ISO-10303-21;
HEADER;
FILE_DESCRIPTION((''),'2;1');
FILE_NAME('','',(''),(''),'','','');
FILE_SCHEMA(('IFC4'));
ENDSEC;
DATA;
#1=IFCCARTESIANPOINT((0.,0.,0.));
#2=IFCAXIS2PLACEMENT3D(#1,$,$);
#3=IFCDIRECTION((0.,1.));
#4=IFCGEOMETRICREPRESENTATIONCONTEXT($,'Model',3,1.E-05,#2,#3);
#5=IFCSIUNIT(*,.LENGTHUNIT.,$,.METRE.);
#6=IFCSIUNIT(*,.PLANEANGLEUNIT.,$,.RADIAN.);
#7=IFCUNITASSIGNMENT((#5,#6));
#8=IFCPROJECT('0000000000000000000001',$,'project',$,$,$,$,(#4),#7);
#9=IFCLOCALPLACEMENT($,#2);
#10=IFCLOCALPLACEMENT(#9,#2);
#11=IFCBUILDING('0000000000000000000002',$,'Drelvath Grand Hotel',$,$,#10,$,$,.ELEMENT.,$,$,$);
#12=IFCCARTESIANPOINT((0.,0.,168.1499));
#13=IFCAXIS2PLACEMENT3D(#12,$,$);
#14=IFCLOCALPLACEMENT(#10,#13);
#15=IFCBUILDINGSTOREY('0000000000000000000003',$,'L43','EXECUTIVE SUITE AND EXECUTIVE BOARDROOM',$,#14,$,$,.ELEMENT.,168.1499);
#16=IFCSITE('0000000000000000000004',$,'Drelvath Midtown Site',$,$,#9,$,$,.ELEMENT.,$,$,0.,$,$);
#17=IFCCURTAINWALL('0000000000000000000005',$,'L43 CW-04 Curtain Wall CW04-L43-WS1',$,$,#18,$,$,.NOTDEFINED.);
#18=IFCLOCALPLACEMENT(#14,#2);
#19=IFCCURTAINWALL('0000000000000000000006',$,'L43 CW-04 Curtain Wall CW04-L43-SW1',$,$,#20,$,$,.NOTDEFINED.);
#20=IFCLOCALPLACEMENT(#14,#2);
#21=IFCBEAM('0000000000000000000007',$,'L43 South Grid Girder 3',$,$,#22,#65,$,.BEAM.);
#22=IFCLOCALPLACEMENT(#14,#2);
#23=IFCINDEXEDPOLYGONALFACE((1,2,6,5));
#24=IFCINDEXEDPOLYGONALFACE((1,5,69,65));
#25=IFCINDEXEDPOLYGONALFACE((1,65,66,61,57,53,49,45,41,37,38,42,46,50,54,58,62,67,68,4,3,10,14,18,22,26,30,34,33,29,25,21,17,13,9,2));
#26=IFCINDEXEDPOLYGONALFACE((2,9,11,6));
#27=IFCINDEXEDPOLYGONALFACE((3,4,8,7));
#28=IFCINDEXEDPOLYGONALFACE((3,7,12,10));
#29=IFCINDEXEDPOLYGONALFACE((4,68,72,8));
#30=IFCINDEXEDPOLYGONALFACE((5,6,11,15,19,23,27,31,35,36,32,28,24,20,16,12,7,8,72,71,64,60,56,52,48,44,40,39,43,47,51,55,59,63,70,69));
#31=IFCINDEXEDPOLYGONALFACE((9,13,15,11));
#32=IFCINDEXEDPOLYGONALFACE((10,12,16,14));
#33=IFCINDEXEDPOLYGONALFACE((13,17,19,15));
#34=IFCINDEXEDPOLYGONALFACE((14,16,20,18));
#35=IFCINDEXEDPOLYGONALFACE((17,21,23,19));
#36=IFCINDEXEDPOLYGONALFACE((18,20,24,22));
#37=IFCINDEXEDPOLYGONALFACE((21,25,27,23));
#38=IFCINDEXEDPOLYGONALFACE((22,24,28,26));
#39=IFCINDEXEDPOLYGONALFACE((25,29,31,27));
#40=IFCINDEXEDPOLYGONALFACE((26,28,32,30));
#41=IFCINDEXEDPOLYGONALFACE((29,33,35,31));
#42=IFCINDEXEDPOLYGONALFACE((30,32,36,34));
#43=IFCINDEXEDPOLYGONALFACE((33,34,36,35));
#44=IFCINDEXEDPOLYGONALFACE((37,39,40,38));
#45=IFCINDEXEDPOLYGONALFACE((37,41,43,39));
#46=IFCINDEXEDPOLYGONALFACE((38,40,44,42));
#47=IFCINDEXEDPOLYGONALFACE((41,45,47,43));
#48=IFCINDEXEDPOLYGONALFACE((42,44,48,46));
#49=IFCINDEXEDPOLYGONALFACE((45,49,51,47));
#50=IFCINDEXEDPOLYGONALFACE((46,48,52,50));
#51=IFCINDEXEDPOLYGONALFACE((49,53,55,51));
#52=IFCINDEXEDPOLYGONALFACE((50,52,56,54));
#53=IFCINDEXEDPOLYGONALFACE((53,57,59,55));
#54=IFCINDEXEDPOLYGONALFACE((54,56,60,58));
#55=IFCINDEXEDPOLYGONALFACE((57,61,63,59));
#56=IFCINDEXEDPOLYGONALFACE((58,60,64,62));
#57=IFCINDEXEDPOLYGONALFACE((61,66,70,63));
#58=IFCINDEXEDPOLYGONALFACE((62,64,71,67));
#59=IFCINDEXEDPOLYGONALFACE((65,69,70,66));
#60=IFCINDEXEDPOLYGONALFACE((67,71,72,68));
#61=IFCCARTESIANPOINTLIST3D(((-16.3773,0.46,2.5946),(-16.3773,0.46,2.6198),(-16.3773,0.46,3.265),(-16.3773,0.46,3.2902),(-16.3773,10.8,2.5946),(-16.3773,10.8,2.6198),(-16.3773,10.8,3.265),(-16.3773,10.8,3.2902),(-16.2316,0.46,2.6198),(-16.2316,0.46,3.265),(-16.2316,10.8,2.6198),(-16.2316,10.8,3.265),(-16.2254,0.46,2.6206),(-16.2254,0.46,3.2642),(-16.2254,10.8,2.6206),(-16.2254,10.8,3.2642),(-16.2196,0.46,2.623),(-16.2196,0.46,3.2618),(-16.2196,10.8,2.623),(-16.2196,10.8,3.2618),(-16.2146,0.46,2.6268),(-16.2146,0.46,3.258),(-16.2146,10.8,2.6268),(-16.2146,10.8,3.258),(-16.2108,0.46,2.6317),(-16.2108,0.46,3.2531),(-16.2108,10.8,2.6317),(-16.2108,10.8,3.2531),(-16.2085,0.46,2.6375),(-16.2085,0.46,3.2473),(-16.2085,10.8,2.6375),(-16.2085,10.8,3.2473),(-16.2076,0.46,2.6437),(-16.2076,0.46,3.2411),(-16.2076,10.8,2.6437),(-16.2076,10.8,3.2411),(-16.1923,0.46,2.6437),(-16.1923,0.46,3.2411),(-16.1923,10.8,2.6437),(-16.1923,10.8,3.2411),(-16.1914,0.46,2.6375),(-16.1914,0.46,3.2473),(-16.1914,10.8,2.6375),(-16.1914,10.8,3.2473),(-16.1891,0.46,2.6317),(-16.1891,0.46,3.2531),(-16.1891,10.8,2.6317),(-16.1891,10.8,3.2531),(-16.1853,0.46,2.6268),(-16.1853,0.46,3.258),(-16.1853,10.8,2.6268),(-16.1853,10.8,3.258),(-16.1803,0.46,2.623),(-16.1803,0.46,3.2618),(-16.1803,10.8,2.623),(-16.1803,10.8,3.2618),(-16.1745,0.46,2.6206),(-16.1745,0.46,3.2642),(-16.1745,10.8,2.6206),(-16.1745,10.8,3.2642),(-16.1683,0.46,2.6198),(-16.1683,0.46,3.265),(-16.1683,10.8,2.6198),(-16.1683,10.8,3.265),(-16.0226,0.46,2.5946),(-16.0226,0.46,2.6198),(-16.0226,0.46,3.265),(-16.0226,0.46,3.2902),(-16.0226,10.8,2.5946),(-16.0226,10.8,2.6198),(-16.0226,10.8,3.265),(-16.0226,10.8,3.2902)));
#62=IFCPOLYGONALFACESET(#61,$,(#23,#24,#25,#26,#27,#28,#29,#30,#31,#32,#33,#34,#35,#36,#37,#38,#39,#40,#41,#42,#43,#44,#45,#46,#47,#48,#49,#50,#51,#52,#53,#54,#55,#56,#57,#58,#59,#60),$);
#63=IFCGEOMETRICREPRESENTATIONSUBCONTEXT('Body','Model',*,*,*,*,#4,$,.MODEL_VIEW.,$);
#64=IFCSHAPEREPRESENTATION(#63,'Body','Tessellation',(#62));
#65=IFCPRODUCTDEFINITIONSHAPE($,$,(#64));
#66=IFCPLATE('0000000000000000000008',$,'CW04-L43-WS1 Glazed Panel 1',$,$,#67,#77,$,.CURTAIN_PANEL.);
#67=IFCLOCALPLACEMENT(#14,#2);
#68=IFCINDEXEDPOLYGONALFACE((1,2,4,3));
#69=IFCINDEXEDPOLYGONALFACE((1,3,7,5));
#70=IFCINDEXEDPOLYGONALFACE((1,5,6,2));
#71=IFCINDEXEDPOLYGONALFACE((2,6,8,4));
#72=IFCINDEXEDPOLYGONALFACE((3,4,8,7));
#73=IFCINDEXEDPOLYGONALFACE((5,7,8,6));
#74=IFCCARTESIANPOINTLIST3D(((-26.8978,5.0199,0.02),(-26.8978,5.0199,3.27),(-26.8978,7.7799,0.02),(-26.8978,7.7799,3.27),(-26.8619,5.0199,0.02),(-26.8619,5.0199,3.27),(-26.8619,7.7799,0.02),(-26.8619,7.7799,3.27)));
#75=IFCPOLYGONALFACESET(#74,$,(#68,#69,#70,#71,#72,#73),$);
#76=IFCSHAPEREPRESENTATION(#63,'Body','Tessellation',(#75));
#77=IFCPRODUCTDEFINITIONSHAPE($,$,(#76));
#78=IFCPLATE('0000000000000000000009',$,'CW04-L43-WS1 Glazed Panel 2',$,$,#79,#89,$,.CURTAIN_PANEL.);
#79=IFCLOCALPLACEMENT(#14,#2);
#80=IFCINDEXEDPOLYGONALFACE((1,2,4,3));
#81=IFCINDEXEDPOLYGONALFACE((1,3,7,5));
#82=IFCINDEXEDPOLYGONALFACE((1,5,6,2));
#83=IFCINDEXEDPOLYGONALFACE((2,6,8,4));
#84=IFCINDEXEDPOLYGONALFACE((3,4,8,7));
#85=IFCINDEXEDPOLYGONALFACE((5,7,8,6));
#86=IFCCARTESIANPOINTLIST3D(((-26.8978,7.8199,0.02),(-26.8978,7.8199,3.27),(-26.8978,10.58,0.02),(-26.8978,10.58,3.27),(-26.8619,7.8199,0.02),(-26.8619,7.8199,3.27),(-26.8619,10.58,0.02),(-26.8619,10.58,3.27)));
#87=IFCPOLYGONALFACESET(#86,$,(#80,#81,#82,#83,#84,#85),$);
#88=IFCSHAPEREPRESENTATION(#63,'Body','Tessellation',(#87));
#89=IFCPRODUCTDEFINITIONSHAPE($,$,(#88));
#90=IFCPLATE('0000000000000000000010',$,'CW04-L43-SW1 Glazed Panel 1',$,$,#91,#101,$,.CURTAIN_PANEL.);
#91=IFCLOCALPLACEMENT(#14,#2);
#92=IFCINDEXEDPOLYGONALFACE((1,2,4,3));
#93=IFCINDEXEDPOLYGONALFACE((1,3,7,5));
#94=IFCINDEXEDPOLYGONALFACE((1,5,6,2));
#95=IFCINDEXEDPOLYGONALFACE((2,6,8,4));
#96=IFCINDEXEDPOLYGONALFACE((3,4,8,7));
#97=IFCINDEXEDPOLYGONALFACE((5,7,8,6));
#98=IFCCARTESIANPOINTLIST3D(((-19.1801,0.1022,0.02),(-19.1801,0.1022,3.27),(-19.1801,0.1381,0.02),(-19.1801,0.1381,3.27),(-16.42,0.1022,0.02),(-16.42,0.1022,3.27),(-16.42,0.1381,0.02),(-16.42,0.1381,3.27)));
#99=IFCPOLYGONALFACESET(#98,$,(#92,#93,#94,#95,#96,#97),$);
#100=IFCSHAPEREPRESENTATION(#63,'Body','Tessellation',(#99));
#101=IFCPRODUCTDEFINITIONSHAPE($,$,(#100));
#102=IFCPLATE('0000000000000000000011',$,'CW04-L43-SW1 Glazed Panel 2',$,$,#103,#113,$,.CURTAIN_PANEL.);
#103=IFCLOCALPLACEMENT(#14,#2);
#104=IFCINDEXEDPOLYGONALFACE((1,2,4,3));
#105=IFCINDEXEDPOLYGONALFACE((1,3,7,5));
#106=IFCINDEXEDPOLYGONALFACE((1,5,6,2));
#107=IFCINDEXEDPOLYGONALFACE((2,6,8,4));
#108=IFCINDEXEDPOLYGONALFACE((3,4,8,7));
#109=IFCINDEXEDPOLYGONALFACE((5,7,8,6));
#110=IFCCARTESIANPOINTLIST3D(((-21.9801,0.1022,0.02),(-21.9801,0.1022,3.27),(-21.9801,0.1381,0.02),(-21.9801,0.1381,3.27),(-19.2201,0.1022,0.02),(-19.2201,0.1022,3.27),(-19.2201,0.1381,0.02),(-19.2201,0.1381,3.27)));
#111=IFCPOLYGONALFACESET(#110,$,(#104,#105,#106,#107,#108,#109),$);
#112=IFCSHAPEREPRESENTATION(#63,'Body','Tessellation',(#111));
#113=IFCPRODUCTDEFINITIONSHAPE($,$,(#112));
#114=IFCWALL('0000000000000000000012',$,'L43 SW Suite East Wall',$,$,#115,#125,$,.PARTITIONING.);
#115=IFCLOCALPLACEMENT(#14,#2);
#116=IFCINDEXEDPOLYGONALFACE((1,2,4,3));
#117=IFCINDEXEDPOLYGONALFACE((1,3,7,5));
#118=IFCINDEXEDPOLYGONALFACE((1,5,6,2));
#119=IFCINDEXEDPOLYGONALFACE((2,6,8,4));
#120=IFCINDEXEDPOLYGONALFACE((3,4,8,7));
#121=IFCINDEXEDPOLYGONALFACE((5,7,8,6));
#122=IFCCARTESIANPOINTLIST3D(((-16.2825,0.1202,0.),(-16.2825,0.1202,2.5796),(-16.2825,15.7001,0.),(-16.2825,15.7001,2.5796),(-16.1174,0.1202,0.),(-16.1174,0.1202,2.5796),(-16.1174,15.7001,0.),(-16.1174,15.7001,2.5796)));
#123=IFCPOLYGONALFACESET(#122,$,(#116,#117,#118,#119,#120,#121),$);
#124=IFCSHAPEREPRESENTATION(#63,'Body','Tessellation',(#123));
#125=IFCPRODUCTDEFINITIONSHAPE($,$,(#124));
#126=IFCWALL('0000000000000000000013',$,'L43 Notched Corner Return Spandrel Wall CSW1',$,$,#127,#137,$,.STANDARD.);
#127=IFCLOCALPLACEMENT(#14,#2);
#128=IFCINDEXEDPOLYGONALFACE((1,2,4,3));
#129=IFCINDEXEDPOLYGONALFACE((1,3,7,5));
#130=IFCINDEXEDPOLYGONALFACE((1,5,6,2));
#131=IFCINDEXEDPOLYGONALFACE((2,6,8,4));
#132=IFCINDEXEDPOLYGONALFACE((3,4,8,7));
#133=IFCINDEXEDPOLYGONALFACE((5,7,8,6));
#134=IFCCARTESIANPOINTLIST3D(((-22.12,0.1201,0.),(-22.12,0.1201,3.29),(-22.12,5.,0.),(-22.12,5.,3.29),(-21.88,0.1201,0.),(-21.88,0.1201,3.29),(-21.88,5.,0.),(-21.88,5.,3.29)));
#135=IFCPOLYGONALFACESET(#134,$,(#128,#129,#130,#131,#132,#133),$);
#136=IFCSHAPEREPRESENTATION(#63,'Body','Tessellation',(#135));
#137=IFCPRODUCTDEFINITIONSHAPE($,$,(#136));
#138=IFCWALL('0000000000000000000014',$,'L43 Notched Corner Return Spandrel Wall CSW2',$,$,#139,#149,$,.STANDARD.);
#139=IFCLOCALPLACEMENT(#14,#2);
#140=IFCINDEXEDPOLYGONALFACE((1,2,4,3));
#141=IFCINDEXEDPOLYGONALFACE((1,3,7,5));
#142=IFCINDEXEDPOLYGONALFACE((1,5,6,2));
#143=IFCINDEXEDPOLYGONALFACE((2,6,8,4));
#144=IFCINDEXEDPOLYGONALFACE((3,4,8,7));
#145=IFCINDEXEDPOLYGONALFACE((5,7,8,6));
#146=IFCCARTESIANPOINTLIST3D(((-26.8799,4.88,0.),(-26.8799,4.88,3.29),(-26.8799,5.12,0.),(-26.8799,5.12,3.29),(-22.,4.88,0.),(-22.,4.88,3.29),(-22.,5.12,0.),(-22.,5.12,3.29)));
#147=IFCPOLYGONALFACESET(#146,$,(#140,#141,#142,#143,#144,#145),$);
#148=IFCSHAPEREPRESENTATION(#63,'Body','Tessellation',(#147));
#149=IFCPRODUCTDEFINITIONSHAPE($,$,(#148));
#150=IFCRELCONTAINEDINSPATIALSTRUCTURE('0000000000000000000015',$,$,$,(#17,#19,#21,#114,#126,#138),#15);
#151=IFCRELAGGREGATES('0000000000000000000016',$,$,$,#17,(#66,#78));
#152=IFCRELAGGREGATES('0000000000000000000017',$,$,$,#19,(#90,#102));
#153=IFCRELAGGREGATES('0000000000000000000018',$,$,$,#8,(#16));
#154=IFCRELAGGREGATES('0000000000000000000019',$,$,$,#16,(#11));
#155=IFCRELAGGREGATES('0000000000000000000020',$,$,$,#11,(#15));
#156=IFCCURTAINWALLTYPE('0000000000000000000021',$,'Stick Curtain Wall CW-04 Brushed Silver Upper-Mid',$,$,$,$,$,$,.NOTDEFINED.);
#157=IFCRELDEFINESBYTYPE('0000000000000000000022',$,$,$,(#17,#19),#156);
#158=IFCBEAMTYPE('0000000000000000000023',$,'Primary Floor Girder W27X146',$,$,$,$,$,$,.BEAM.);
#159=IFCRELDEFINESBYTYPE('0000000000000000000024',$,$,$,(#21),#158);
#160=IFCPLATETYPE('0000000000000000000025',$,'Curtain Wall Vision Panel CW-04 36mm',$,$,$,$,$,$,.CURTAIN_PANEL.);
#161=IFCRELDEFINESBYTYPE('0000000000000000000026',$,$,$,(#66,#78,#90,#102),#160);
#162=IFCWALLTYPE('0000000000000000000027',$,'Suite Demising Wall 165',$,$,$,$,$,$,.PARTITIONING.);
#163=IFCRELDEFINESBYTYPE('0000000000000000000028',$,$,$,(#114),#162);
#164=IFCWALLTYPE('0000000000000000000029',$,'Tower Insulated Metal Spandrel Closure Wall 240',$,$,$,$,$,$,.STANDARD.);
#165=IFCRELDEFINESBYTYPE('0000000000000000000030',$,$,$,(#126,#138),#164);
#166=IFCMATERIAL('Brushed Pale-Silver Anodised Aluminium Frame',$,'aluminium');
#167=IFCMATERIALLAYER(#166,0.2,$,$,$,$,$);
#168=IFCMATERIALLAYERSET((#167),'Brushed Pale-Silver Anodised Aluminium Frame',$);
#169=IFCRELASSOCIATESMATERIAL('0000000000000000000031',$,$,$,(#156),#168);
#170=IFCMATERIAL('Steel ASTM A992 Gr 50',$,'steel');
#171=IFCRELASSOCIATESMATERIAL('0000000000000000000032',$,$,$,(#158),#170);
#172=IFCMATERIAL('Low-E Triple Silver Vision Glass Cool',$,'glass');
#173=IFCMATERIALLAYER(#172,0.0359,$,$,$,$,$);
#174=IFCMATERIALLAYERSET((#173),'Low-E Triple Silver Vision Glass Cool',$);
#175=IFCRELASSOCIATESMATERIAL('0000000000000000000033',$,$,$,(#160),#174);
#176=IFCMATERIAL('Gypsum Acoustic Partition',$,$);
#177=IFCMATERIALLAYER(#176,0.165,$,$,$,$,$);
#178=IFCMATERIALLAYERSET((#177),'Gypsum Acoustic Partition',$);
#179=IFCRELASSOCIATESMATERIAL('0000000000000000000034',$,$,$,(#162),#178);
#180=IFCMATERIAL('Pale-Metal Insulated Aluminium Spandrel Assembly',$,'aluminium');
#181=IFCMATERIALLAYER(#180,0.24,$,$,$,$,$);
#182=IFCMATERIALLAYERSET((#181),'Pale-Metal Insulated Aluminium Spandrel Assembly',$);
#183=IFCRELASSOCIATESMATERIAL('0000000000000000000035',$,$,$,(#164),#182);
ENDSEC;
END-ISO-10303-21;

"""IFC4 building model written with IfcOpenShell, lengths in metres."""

from ifc_helpers import new_model, si_unit, direction, frame, frame_2d, origin, origin_2d, place, context, subcontext, project, spatial, rectangle, i_section, extrude, material, layer, layer_set, material_profile, profile_set, type_object, element, aggregate, save


model = new_model("IFC4")

# Units and contexts
model_context = context("Model", 3, precision=1e-05, world=origin(), true_north=direction((0.0, 1.0)))
body_context = subcontext(model_context, "Body", "Model", "MODEL_VIEW")
ifc_project = project(units=[si_unit("LENGTHUNIT", "METRE"), si_unit("PLANEANGLEUNIT", "RADIAN")], contexts=[model_context])

# Site, building, storey
site_placement = place(None, origin())
site = spatial("IfcSite", under=ifc_project, at=site_placement, Name="Drelvath Midtown Site", CompositionType="ELEMENT", RefElevation=0.0)
building_placement = place(site_placement, origin())
building = spatial("IfcBuilding", under=site, at=building_placement, Name="Drelvath Grand Hotel", CompositionType="ELEMENT")
storey_placement = place(building_placement, frame((0.0, 0.0, 168.1499)))
storey = spatial("IfcBuildingStorey", under=building, at=storey_placement, Name="L43", Description="EXECUTIVE SUITE AND EXECUTIVE BOARDROOM", CompositionType="ELEMENT", Elevation=168.1499)

# Curtain walls
ifc_material_1 = material(Name="Brushed Pale-Silver Anodised Aluminium Frame", Category="aluminium")
ifc_layer_1 = layer(ifc_material_1, 0.2)
ifc_layer_set_1 = layer_set([ifc_layer_1], Name="Brushed Pale-Silver Anodised Aluminium Frame")
curtain_wall_type = type_object("IfcCurtainWallType", Name="Stick Curtain Wall CW-04 Brushed Silver Upper-Mid", PredefinedType="NOTDEFINED", material=ifc_layer_set_1)
curtain_wall_1_placement = place(storey_placement, origin())
curtain_wall_1 = element("IfcCurtainWall", 1, at=curtain_wall_1_placement, inside=storey, type_object=curtain_wall_type, Name="L43 CW-04 Curtain Wall CW04-L43-WS1", PredefinedType="NOTDEFINED")
curtain_wall_2_placement = place(storey_placement, origin())
curtain_wall_2 = element("IfcCurtainWall", 2, at=curtain_wall_2_placement, inside=storey, type_object=curtain_wall_type, Name="L43 CW-04 Curtain Wall CW04-L43-SW1", PredefinedType="NOTDEFINED")

# Beam
ifc_material_2 = material(Name="Steel ASTM A992 Gr 50", Category="steel")
ifc_material_profile_1 = material_profile(ifc_material_2, i_section(OverallWidth=0.3547, OverallDepth=0.6956, WebThickness=0.0154, FlangeThickness=0.0251, FilletRadius=0.0239, at=origin_2d()), Name="W27X146")
ifc_profile_set_1 = profile_set([ifc_material_profile_1], Name="Steel ASTM A992 Gr 50")
beam_type_1 = type_object("IfcBeamType", Name="Primary Floor Girder W27X146", PredefinedType="BEAM", material=ifc_profile_set_1)
for number, where, z_axis, x_axis, name in (
    (3, (-16.2, 0.46, 2.9424), (0.0, 1.0, 0.0), (-1.0, 0.0, 0.0), "L43 South Grid Girder 3"),
):
    element("IfcBeam", number, at=place(storey_placement, frame(where, z_axis=z_axis, x_axis=x_axis)), inside=storey, type_object=beam_type_1, Name=name, PredefinedType="BEAM", context=body_context, shape_type="SweptSolid", body=[
        extrude(i_section(OverallWidth=0.3547, OverallDepth=0.6956, WebThickness=0.0154, FlangeThickness=0.0251, FilletRadius=0.0239, at=origin_2d()), origin(), (0.0, 0.0, 1.0), 10.3401),
    ])

# Plates
ifc_material_3 = material(Name="Low-E Triple Silver Vision Glass Cool", Category="glass")
ifc_layer_2 = layer(ifc_material_3, 0.0359)
ifc_layer_set_2 = layer_set([ifc_layer_2], Name="Low-E Triple Silver Vision Glass Cool")
plate_type = type_object("IfcPlateType", Name="Curtain Wall Vision Panel CW-04 36mm", PredefinedType="CURTAIN_PANEL", material=ifc_layer_set_2)
plate_1_placement = place(storey_placement, frame((-26.8799, 6.3999, 0.02), z_axis=(0.0, 0.0, 1.0), x_axis=(0.0, 1.0, 0.0)))
plate_1 = element("IfcPlate", 4, at=plate_1_placement, type_object=plate_type, Name="CW04-L43-WS1 Glazed Panel 1", PredefinedType="CURTAIN_PANEL", context=body_context, shape_type="SweptSolid", body=[
    extrude(rectangle(XDim=2.76, YDim=0.0359, at=origin_2d()), origin(), (0.0, 0.0, 1.0), 3.25),
])
plate_2_placement = place(storey_placement, frame((-26.8799, 9.2, 0.02), z_axis=(0.0, 0.0, 1.0), x_axis=(0.0, 1.0, 0.0)))
plate_2 = element("IfcPlate", 5, at=plate_2_placement, type_object=plate_type, Name="CW04-L43-WS1 Glazed Panel 2", PredefinedType="CURTAIN_PANEL", context=body_context, shape_type="SweptSolid", body=[
    extrude(rectangle(XDim=2.76, YDim=0.0359, at=origin_2d()), origin(), (0.0, 0.0, 1.0), 3.25),
])
aggregate(curtain_wall_1, [plate_1, plate_2])
plate_3_placement = place(storey_placement, frame((-17.8, 0.1201, 0.02), z_axis=(0.0, 0.0, 1.0), x_axis=(-1.0, 0.0, 0.0)))
plate_3 = element("IfcPlate", 6, at=plate_3_placement, type_object=plate_type, Name="CW04-L43-SW1 Glazed Panel 1", PredefinedType="CURTAIN_PANEL", context=body_context, shape_type="SweptSolid", body=[
    extrude(rectangle(XDim=2.76, YDim=0.0359, at=origin_2d()), origin(), (0.0, 0.0, 1.0), 3.25),
])
plate_4_placement = place(storey_placement, frame((-20.6001, 0.1201, 0.02), z_axis=(0.0, 0.0, 1.0), x_axis=(-1.0, 0.0, 0.0)))
plate_4 = element("IfcPlate", 7, at=plate_4_placement, type_object=plate_type, Name="CW04-L43-SW1 Glazed Panel 2", PredefinedType="CURTAIN_PANEL", context=body_context, shape_type="SweptSolid", body=[
    extrude(rectangle(XDim=2.76, YDim=0.0359, at=origin_2d()), origin(), (0.0, 0.0, 1.0), 3.25),
])
aggregate(curtain_wall_2, [plate_3, plate_4])

# Walls
ifc_material_4 = material(Name="Gypsum Acoustic Partition")
ifc_layer_3 = layer(ifc_material_4, 0.165)
ifc_layer_set_3 = layer_set([ifc_layer_3], Name="Gypsum Acoustic Partition")
wall_type_1 = type_object("IfcWallType", Name="Suite Demising Wall 165", PredefinedType="PARTITIONING", material=ifc_layer_set_3)
wall_placement = place(storey_placement, frame((-16.2, 0.1201, 0.0), z_axis=(0.0, 0.0, 1.0), x_axis=(0.0, 1.0, 0.0)))
element("IfcWall", 8, at=wall_placement, inside=storey, type_object=wall_type_1, Name="L43 SW Suite East Wall", PredefinedType="PARTITIONING", context=body_context, shape_type="SweptSolid", body=[
    extrude(rectangle(XDim=15.5798, YDim=0.165, at=frame_2d((7.79, 0.0))), origin(), (0.0, 0.0, 1.0), 2.5796),
])
ifc_material_5 = material(Name="Pale-Metal Insulated Aluminium Spandrel Assembly", Category="aluminium")
ifc_layer_4 = layer(ifc_material_5, 0.24)
ifc_layer_set_4 = layer_set([ifc_layer_4], Name="Pale-Metal Insulated Aluminium Spandrel Assembly")
wall_type_2 = type_object("IfcWallType", Name="Tower Insulated Metal Spandrel Closure Wall 240", PredefinedType="STANDARD", material=ifc_layer_set_4)
for number, where, z_axis, x_axis, name in (
    (9, (-22.0, 0.1201, 0.0), (0.0, 0.0, 1.0), (0.0, 1.0, 0.0), "L43 Notched Corner Return Spandrel Wall CSW1"),
    (10, (-22.0, 5.0, 0.0), (0.0, 0.0, 1.0), (-1.0, 0.0, 0.0), "L43 Notched Corner Return Spandrel Wall CSW2"),
):
    element("IfcWall", number, at=place(storey_placement, frame(where, z_axis=z_axis, x_axis=x_axis)), inside=storey, type_object=wall_type_2, Name=name, PredefinedType="STANDARD", context=body_context, shape_type="SweptSolid", body=[
        extrude(rectangle(XDim=4.8799, YDim=0.24, at=frame_2d((2.4399, 0.0))), origin(), (0.0, 0.0, 1.0), 3.29),
    ])

save(model, "model.ifc")
